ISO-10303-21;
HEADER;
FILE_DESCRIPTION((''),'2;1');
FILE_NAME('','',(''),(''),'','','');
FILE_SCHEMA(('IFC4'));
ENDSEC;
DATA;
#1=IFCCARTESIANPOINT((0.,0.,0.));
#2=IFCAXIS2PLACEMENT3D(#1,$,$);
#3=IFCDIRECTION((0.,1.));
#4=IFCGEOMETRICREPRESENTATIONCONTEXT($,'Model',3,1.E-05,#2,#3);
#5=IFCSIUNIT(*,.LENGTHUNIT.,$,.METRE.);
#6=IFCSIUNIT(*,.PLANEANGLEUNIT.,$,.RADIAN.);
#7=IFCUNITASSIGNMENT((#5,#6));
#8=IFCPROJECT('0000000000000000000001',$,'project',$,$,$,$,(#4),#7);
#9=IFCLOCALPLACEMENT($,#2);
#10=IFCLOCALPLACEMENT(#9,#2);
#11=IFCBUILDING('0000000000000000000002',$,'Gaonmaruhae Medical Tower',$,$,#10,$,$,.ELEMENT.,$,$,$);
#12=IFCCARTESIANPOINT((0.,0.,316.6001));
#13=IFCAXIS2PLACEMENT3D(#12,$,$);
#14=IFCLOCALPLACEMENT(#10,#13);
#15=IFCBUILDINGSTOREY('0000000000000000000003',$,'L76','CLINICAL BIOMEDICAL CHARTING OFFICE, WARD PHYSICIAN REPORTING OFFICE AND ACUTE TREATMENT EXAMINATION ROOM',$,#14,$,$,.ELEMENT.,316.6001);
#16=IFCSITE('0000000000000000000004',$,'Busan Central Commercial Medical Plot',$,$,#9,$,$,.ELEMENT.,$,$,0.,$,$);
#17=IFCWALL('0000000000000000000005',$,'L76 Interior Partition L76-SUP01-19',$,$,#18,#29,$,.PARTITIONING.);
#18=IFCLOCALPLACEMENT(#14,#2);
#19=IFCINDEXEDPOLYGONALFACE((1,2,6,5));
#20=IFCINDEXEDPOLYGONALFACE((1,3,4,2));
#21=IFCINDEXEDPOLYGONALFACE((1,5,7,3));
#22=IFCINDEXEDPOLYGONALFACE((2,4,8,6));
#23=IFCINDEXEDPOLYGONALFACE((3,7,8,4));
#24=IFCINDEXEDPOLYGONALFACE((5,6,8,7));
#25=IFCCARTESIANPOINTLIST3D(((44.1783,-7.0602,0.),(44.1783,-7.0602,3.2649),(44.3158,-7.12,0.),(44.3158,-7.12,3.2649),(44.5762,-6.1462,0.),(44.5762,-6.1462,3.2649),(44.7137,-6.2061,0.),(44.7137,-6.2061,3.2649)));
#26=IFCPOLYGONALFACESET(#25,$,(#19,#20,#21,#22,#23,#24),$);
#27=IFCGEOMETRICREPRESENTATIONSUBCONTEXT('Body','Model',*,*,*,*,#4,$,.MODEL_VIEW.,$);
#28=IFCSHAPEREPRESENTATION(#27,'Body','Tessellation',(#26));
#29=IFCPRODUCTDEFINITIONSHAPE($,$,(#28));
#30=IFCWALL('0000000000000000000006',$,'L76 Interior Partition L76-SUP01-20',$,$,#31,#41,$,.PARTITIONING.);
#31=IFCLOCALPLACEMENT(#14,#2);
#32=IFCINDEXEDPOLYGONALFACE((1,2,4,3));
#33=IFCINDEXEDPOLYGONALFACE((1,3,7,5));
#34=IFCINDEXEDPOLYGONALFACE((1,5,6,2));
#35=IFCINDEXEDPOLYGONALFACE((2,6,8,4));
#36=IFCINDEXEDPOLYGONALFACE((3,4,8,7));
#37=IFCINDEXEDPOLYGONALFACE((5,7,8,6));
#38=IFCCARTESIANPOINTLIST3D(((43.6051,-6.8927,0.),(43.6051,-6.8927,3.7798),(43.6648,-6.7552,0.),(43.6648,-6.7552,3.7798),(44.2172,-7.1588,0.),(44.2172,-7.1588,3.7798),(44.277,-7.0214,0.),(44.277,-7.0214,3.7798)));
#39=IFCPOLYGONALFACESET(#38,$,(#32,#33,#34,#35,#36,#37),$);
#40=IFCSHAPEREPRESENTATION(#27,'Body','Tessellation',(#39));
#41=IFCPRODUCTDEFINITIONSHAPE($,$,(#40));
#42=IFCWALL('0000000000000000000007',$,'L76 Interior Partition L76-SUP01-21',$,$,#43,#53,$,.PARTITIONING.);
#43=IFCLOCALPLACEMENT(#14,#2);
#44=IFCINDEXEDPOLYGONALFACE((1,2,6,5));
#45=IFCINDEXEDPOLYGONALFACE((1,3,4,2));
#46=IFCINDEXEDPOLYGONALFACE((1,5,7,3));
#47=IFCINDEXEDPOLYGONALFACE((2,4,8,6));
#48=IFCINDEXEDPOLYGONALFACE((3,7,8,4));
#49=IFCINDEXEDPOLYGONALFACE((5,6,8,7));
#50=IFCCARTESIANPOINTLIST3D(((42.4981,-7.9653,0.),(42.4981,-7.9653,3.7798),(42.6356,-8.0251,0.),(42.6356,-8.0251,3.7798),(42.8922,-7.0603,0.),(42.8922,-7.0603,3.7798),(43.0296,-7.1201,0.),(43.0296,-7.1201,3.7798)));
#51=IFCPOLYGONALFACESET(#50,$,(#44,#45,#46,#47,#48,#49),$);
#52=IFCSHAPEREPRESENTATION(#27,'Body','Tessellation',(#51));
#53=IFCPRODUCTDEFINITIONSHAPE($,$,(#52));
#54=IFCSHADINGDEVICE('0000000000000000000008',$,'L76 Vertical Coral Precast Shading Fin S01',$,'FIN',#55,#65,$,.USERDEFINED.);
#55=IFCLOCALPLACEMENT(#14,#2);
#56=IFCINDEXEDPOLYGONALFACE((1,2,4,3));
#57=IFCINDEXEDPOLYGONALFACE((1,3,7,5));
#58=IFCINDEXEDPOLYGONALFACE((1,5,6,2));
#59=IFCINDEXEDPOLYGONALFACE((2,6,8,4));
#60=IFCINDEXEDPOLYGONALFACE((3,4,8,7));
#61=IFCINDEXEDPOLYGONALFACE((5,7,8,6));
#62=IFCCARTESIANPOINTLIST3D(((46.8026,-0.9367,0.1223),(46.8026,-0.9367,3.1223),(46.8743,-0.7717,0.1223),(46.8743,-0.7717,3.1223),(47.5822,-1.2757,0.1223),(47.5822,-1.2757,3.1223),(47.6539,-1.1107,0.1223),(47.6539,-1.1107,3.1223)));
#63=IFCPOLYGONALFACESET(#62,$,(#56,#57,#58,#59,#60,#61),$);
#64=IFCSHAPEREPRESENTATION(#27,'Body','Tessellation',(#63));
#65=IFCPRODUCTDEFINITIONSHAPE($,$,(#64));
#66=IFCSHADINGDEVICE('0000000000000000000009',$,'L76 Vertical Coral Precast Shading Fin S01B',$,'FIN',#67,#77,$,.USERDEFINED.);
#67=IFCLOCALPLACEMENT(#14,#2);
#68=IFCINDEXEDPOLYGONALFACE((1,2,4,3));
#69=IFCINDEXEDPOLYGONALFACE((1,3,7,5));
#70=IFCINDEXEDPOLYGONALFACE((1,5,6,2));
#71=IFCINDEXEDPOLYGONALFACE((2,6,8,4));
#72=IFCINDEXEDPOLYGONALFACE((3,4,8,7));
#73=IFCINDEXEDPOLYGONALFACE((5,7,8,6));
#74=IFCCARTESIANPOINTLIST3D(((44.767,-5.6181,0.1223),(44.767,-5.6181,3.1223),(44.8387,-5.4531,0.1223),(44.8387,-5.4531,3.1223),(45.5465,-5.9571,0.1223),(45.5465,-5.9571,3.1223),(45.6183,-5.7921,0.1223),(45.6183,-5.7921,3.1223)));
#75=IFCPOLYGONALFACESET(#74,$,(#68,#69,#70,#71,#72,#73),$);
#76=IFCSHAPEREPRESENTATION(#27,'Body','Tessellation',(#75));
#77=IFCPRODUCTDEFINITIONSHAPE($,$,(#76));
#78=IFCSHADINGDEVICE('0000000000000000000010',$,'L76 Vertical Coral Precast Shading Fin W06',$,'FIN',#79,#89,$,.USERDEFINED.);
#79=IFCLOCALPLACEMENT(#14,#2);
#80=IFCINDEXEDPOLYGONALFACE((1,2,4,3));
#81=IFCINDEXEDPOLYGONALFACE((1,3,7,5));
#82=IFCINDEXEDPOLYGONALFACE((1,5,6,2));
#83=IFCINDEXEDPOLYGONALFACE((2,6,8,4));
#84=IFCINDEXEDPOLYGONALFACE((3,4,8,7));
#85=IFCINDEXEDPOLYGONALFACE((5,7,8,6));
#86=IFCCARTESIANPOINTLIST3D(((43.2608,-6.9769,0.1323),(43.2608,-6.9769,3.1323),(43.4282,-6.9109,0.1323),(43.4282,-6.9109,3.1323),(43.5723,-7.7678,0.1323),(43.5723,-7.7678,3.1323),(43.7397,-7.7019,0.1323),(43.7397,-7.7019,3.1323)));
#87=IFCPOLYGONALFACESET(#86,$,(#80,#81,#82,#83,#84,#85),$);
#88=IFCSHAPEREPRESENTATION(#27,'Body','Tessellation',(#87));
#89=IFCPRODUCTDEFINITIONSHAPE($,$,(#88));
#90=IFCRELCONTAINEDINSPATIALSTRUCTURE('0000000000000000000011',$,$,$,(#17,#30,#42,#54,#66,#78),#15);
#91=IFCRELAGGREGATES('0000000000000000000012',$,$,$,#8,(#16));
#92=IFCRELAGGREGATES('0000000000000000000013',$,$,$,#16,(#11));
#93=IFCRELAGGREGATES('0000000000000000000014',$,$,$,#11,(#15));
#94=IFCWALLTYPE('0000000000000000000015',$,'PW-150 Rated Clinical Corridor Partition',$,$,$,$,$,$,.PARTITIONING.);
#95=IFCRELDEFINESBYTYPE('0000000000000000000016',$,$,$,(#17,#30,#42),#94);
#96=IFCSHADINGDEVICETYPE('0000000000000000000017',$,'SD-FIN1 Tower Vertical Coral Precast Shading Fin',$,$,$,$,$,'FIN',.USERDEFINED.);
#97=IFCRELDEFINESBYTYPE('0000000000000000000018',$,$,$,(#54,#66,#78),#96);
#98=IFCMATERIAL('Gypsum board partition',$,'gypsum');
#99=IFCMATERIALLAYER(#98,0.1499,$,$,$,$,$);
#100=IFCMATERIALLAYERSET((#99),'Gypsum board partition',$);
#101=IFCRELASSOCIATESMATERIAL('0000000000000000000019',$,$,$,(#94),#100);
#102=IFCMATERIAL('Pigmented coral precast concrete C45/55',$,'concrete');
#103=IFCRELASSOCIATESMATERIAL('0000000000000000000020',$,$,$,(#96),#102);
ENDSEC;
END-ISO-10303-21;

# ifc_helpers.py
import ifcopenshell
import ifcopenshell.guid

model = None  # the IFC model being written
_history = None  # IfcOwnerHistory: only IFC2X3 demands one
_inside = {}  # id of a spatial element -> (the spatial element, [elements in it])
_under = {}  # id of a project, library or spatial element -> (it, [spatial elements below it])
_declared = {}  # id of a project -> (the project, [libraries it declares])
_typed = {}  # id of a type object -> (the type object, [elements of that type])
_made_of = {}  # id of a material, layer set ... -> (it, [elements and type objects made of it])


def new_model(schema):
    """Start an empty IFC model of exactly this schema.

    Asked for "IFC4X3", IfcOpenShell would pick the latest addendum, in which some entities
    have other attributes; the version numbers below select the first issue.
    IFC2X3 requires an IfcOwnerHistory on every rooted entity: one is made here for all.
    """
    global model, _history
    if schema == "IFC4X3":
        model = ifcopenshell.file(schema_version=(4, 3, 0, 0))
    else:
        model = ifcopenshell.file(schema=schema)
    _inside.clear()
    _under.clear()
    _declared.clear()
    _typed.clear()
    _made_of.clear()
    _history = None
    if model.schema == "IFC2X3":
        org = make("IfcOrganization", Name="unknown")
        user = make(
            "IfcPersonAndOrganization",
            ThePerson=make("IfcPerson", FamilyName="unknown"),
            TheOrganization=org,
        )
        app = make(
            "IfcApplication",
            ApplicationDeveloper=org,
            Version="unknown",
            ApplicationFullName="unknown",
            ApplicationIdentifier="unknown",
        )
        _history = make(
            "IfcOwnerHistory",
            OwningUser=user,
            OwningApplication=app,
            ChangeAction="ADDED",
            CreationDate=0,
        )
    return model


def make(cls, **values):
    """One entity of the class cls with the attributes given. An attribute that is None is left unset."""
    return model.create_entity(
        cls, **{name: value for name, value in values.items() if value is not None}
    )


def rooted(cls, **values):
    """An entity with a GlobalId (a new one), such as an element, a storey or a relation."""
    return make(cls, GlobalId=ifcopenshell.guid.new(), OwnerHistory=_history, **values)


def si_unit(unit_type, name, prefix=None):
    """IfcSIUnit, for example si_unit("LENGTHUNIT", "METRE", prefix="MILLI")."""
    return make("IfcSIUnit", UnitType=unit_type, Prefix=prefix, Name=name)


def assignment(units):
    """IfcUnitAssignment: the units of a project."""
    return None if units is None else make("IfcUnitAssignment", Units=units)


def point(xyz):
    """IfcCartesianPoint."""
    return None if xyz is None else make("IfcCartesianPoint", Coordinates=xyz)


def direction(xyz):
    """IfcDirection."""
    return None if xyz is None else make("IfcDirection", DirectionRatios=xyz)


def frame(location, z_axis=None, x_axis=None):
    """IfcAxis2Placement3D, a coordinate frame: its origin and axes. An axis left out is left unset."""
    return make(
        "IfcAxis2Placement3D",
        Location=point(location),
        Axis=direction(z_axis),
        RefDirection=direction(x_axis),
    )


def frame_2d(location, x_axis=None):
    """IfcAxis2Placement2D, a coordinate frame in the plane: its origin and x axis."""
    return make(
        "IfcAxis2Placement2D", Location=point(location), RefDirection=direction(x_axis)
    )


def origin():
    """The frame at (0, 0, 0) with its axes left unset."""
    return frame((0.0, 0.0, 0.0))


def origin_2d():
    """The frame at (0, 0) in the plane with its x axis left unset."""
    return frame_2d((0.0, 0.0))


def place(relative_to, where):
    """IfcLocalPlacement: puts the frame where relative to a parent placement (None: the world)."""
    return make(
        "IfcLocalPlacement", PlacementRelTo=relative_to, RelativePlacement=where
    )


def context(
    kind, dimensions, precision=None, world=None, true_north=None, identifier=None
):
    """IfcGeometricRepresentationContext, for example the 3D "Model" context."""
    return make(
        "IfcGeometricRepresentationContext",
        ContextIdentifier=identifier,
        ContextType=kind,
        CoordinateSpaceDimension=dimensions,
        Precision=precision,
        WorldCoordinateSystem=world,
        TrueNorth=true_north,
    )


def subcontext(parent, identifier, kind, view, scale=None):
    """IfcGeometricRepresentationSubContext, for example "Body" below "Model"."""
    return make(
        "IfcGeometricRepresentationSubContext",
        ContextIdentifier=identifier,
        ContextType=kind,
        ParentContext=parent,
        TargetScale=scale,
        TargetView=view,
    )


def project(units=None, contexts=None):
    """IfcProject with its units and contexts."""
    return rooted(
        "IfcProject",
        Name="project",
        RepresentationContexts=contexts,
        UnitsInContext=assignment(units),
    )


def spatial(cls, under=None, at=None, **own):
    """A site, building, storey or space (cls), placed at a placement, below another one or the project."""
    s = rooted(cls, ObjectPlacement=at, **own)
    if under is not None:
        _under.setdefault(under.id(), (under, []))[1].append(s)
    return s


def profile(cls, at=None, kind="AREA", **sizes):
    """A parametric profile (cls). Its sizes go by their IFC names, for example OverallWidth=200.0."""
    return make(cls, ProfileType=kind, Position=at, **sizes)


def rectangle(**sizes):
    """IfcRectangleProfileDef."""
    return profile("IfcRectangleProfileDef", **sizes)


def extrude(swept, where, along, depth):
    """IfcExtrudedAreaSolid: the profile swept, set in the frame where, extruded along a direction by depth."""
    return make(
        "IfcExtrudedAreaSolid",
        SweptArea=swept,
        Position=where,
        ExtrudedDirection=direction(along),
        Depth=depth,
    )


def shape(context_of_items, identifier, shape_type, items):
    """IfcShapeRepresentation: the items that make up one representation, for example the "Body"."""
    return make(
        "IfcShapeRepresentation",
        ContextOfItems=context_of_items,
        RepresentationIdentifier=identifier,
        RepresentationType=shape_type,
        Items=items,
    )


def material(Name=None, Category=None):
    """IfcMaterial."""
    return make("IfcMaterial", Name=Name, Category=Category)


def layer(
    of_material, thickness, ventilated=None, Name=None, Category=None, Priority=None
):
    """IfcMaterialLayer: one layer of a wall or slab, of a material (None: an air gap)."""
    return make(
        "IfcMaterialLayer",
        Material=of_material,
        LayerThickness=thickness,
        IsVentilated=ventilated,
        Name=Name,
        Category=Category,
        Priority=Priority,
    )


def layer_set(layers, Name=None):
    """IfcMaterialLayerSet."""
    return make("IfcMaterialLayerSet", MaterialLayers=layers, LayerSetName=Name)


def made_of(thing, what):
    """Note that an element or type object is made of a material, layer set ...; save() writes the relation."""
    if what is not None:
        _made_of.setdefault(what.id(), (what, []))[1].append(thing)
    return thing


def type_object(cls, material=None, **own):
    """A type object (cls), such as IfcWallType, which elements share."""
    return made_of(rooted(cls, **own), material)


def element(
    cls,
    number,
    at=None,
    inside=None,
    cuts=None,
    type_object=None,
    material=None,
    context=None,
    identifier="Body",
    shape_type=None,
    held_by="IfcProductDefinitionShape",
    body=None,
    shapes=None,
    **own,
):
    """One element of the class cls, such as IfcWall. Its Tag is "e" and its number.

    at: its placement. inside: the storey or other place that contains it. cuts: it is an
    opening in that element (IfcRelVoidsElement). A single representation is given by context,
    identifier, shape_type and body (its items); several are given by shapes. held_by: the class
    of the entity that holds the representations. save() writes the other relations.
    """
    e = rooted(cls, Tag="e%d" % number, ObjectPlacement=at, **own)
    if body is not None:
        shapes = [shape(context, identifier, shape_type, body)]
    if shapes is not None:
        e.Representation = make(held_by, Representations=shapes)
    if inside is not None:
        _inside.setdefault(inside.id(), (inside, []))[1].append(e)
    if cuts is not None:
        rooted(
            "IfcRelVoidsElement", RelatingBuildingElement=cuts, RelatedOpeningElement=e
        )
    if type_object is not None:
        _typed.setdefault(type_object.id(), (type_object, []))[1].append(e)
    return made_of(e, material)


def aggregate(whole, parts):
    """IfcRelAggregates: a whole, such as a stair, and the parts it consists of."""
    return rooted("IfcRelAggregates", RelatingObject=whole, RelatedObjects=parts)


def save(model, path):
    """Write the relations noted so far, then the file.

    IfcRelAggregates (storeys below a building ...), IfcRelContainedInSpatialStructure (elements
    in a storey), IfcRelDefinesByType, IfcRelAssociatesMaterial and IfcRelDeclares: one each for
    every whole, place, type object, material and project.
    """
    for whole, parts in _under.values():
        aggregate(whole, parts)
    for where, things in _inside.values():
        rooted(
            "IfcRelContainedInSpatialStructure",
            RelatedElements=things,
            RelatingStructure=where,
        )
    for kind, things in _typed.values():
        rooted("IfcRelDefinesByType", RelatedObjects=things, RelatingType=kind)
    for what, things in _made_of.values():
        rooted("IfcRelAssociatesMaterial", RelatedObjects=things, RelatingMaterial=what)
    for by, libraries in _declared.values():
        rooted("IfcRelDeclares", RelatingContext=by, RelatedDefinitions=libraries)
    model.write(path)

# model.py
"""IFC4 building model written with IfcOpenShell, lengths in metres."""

from ifc_helpers import new_model, si_unit, direction, frame, frame_2d, origin, origin_2d, place, context, subcontext, project, spatial, rectangle, extrude, material, layer, layer_set, type_object, element, save


model = new_model("IFC4")

# Units and contexts
model_context = context("Model", 3, precision=1e-05, world=origin(), true_north=direction((0.0, 1.0)))
body_context = subcontext(model_context, "Body", "Model", "MODEL_VIEW")
ifc_project = project(units=[si_unit("LENGTHUNIT", "METRE"), si_unit("PLANEANGLEUNIT", "RADIAN")], contexts=[model_context])

# Site, building, storey
site_placement = place(None, origin())
site = spatial("IfcSite", under=ifc_project, at=site_placement, Name="Busan Central Commercial Medical Plot", CompositionType="ELEMENT", RefElevation=0.0)
building_placement = place(site_placement, origin())
building = spatial("IfcBuilding", under=site, at=building_placement, Name="Gaonmaruhae Medical Tower", CompositionType="ELEMENT")
storey_placement = place(building_placement, frame((0.0, 0.0, 316.6001)))
storey = spatial("IfcBuildingStorey", under=building, at=storey_placement, Name="L76", Description="CLINICAL BIOMEDICAL CHARTING OFFICE, WARD PHYSICIAN REPORTING OFFICE AND ACUTE TREATMENT EXAMINATION ROOM", CompositionType="ELEMENT", Elevation=316.6001)

# Walls
ifc_material_1 = material(Name="Gypsum board partition", Category="gypsum")
ifc_layer_1 = layer(ifc_material_1, 0.1499)
ifc_layer_set_1 = layer_set([ifc_layer_1], Name="Gypsum board partition")
wall_type_1 = type_object("IfcWallType", Name="PW-150 Rated Clinical Corridor Partition", PredefinedType="PARTITIONING", material=ifc_layer_set_1)
wall_1_placement = place(storey_placement, frame((44.645, -6.176, 0.0), z_axis=(0.0, 0.0, 1.0), x_axis=(-0.399174, -0.916875, 0.0)))
element("IfcWall", 1, at=wall_1_placement, inside=storey, type_object=wall_type_1, Name="L76 Interior Partition L76-SUP01-19", PredefinedType="PARTITIONING", context=body_context, shape_type="SweptSolid", body=[
    extrude(rectangle(XDim=0.9968, YDim=0.1499, at=frame_2d((0.4985, 0.0))), origin(), (0.0, 0.0, 1.0), 3.2649),
])
wall_2_placement = place(storey_placement, frame((44.2471, -7.0901, 0.0), z_axis=(0.0, 0.0, 1.0), x_axis=(-0.91707, 0.398726, 0.0)))
element("IfcWall", 2, at=wall_2_placement, inside=storey, type_object=wall_type_1, Name="L76 Interior Partition L76-SUP01-20", PredefinedType="PARTITIONING", context=body_context, shape_type="SweptSolid", body=[
    extrude(rectangle(XDim=0.6675, YDim=0.1499, at=frame_2d((0.3337, 0.0))), origin(), (0.0, 0.0, 1.0), 3.7798),
])
wall_3_placement = place(storey_placement, frame((42.9609, -7.0901, 0.0), z_axis=(0.0, 0.0, 1.0), x_axis=(-0.399196, -0.916865, 0.0)))
element("IfcWall", 3, at=wall_3_placement, inside=storey, type_object=wall_type_1, Name="L76 Interior Partition L76-SUP01-21", PredefinedType="PARTITIONING", context=body_context, shape_type="SweptSolid", body=[
    extrude(rectangle(XDim=0.9871, YDim=0.1499, at=frame_2d((0.4937, 0.0))), origin(), (0.0, 0.0, 1.0), 3.7798),
])

# Shading devices
ifc_material_2 = material(Name="Pigmented coral precast concrete C45/55", Category="concrete")
shading_device_type = type_object("IfcShadingDeviceType", Name="SD-FIN1 Tower Vertical Coral Precast Shading Fin", ElementType="FIN", PredefinedType="USERDEFINED", material=ifc_material_2)
for number, where, z_axis, x_axis, name in (
    (4, (47.2283, -1.0237, 0.1223), (0.0, 0.0, 1.0), (-0.398749, -0.91706, 0.0), "L76 Vertical Coral Precast Shading Fin S01"),
    (5, (45.1926, -5.7051, 0.1223), (0.0, 0.0, 1.0), (-0.398749, -0.91706, 0.0), "L76 Vertical Coral Precast Shading Fin S01B"),
    (6, (43.5002, -7.3394, 0.1323), (0.0, 0.0, 1.0), (-0.930411, -0.366517, 0.0), "L76 Vertical Coral Precast Shading Fin W06"),
):
    element("IfcShadingDevice", number, at=place(storey_placement, frame(where, z_axis=z_axis, x_axis=x_axis)), inside=storey, type_object=shading_device_type, Name=name, ObjectType="FIN", PredefinedType="USERDEFINED", context=body_context, shape_type="SweptSolid", body=[
        extrude(rectangle(XDim=0.1799, YDim=0.8501, at=origin_2d()), origin(), (0.0, 0.0, 1.0), 3.0),
    ])

save(model, "model.ifc")
